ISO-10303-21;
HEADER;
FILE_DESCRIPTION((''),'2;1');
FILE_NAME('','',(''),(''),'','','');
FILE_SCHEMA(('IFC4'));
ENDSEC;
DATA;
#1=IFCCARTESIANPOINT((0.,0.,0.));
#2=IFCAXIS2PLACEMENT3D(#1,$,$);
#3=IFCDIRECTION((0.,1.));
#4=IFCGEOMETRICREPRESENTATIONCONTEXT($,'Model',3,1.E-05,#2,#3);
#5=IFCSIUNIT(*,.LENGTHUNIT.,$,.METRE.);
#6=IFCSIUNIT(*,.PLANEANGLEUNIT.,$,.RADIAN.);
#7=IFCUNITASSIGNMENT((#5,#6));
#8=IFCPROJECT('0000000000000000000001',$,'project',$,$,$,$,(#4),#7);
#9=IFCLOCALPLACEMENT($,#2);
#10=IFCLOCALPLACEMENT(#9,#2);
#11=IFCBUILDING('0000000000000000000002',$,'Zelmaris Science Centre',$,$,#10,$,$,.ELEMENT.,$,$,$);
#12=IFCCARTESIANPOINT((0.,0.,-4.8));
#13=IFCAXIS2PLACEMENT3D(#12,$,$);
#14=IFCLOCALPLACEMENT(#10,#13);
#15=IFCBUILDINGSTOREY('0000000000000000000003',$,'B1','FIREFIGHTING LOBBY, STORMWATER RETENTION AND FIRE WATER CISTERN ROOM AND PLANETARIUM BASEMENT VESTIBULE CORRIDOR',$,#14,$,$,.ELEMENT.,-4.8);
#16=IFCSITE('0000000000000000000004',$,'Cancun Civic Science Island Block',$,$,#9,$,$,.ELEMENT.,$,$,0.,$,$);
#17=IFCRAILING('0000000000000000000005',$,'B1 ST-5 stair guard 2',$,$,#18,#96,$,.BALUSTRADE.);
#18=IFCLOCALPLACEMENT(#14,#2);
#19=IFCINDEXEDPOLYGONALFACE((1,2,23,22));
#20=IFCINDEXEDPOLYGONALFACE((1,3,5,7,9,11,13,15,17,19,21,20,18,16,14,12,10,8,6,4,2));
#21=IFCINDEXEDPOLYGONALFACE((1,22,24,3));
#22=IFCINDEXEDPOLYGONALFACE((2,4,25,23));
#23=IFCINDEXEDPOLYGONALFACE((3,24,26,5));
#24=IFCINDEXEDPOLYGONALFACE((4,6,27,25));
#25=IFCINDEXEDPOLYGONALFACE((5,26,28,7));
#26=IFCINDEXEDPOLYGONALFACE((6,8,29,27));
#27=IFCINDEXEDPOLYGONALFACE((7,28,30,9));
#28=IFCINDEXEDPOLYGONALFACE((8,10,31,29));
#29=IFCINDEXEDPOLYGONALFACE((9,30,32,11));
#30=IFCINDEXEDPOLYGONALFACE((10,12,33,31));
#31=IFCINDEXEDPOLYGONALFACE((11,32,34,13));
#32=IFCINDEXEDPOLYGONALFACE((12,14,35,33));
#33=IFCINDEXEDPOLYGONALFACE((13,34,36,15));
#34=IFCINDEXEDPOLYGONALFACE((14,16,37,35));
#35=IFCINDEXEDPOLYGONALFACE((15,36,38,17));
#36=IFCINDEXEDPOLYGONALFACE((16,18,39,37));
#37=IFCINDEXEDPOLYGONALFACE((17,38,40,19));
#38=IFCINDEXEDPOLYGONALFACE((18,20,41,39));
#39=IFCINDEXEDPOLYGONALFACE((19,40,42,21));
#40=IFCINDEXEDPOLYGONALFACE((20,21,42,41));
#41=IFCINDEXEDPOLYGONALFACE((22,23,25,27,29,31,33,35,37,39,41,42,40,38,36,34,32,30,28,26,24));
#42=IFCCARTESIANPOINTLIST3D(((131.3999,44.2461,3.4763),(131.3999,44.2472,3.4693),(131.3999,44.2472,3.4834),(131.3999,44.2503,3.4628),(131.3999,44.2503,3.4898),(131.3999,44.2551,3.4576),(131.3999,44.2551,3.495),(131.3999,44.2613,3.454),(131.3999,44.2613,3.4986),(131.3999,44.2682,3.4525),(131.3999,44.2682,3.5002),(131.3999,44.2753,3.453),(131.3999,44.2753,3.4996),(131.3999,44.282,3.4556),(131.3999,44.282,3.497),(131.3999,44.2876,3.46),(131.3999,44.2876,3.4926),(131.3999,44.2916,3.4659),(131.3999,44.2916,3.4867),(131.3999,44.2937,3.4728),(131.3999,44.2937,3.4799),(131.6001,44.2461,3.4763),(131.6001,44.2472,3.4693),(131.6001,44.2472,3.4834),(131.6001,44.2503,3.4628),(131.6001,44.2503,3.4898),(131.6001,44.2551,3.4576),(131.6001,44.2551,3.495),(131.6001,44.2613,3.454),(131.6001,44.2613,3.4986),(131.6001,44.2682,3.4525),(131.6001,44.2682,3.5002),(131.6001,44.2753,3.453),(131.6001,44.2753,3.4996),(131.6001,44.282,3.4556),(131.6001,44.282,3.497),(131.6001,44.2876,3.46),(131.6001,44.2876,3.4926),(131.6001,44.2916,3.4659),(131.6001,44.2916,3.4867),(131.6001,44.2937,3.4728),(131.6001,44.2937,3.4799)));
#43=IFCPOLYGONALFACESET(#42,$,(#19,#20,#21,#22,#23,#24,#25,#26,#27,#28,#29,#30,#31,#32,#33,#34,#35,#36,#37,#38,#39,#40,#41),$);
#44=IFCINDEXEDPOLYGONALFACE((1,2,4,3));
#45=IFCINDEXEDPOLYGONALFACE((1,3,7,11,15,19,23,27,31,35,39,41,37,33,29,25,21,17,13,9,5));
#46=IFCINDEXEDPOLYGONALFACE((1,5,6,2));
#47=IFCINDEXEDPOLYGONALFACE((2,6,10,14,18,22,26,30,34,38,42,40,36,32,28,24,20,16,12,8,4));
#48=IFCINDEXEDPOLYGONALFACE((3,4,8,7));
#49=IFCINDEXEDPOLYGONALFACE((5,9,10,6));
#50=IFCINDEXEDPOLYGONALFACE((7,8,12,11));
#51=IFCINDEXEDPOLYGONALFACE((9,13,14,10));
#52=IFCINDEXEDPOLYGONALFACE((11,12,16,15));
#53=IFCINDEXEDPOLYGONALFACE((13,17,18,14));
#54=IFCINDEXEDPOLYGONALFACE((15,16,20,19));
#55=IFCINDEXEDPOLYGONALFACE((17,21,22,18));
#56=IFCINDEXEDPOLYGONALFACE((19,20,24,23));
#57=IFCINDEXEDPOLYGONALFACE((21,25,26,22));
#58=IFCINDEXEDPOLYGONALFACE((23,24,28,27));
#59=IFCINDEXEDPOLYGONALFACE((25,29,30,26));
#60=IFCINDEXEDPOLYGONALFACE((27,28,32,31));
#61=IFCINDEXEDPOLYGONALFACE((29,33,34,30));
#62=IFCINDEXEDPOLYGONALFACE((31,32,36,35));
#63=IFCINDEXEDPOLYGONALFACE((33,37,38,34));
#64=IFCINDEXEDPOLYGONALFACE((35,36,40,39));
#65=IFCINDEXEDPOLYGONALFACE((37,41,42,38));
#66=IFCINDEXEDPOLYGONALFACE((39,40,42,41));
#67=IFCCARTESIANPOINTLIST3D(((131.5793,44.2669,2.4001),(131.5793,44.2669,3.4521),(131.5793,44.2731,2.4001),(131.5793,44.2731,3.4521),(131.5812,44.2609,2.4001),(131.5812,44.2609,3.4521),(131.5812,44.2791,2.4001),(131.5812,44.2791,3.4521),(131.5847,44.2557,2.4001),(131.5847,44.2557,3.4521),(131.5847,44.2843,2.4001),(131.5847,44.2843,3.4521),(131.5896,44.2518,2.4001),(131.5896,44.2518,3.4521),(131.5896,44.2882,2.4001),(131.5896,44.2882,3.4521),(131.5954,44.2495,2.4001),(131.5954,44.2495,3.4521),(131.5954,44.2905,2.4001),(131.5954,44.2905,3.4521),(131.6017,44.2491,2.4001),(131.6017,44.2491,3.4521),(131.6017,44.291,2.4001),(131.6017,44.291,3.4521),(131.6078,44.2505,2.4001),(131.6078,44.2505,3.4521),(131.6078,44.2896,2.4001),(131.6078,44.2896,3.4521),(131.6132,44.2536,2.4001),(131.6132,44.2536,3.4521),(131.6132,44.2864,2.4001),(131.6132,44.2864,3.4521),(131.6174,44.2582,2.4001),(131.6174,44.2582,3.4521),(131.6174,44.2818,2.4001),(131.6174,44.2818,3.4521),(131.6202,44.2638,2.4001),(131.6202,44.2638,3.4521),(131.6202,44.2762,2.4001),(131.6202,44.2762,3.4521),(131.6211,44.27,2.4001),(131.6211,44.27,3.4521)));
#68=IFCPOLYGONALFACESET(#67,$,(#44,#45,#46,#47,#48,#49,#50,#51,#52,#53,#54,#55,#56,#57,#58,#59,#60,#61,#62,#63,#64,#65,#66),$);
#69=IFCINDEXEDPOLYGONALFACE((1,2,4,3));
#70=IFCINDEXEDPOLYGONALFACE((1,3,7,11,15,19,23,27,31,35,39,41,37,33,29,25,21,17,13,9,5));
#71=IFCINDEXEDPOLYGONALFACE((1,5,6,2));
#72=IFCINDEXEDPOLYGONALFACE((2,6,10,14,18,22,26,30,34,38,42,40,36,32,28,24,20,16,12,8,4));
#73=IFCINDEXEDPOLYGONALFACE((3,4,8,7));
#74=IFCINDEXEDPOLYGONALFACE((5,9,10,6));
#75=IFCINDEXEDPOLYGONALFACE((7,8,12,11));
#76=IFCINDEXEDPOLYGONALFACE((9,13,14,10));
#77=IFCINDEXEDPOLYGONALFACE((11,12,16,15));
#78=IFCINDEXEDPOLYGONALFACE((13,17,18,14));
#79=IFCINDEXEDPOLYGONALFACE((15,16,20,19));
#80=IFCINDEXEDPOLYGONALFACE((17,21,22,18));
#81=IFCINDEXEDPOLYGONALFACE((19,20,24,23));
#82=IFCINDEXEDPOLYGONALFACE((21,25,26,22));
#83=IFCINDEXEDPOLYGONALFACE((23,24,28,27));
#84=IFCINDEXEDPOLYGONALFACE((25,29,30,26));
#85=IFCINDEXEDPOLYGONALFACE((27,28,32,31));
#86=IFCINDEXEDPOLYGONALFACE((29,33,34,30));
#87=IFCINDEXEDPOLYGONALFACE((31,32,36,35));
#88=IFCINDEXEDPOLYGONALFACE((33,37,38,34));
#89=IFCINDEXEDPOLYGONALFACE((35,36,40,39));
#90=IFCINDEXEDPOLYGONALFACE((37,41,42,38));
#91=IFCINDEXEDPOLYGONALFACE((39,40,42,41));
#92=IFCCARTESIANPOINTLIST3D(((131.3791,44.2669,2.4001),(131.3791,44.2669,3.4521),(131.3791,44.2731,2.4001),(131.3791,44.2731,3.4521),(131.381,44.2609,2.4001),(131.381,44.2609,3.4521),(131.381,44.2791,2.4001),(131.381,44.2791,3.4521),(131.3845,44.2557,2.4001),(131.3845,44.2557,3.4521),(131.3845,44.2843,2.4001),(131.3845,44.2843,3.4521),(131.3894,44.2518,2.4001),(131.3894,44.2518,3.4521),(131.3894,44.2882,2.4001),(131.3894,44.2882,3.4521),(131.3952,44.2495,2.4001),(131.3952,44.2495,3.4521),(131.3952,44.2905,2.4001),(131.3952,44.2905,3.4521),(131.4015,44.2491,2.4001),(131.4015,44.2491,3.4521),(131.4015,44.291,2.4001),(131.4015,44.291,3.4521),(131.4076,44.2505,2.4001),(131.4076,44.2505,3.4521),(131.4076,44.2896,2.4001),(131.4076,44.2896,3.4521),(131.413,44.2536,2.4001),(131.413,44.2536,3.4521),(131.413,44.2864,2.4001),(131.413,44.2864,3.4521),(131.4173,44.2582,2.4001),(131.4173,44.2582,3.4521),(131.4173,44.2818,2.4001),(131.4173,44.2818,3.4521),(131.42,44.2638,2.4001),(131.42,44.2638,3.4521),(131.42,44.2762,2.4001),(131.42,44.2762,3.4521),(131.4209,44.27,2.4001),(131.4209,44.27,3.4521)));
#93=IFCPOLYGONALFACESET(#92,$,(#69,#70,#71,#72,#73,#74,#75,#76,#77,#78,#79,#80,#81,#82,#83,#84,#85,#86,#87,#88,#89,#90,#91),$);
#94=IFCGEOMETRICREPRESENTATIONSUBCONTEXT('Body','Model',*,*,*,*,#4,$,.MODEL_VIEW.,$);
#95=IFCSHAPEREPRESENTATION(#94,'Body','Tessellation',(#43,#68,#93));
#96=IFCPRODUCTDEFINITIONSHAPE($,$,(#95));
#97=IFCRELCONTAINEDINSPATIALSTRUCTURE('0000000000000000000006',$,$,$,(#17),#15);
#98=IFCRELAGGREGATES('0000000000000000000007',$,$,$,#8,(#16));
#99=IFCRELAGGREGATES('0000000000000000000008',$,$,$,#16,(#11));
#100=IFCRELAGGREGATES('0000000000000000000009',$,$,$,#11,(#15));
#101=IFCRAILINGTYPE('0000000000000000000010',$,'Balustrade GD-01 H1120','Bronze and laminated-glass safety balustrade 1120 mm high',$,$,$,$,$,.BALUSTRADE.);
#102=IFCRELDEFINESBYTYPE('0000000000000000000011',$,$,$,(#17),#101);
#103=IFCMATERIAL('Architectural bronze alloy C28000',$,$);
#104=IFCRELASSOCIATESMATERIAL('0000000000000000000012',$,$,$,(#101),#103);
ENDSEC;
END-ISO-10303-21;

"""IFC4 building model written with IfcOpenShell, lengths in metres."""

from ifc_helpers import new_model, si_unit, direction, frame, origin, origin_2d, place, context, subcontext, project, spatial, circle, extrude, material, type_object, element, save


model = new_model("IFC4")

# Units and contexts
model_context = context("Model", 3, precision=1e-05, world=origin(), true_north=direction((0.0, 1.0)))
body_context = subcontext(model_context, "Body", "Model", "MODEL_VIEW")
ifc_project = project(units=[si_unit("LENGTHUNIT", "METRE"), si_unit("PLANEANGLEUNIT", "RADIAN")], contexts=[model_context])

# Site, building, storey
site_placement = place(None, origin())
site = spatial("IfcSite", under=ifc_project, at=site_placement, Name="Cancun Civic Science Island Block", CompositionType="ELEMENT", RefElevation=0.0)
building_placement = place(site_placement, origin())
building = spatial("IfcBuilding", under=site, at=building_placement, Name="Zelmaris Science Centre", CompositionType="ELEMENT")
storey_placement = place(building_placement, frame((0.0, 0.0, -4.8)))
storey = spatial("IfcBuildingStorey", under=building, at=storey_placement, Name="B1", Description="FIREFIGHTING LOBBY, STORMWATER RETENTION AND FIRE WATER CISTERN ROOM AND PLANETARIUM BASEMENT VESTIBULE CORRIDOR", CompositionType="ELEMENT", Elevation=-4.8)

# Railing
ifc_material_1 = material(Name="Architectural bronze alloy C28000")
railing_type_1 = type_object("IfcRailingType", Name="Balustrade GD-01 H1120", Description="Bronze and laminated-glass safety balustrade 1120 mm high", PredefinedType="BALUSTRADE", material=ifc_material_1)
railing_1_placement = place(storey_placement, frame((131.6001, 44.27, 2.4001)))
element("IfcRailing", 1, at=railing_1_placement, inside=storey, type_object=railing_type_1, Name="B1 ST-5 stair guard 2", PredefinedType="BALUSTRADE", context=body_context, shape_type="SweptSolid", body=[
    extrude(circle(Radius=0.0239, at=origin_2d()), frame((0.0, 0.0, 1.0762), z_axis=(-1.0, 0.0, 0.0), x_axis=(0.0, -1.0, 0.0)), (0.0, 0.0, 1.0), 0.2002),
    extrude(circle(Radius=0.021, at=origin_2d()), origin(), (0.0, 0.0, 1.0), 1.052),
    extrude(circle(Radius=0.021, at=origin_2d()), frame((-0.2002, 0.0, 0.0)), (0.0, 0.0, 1.0), 1.052),
])

save(model, "model.ifc")
